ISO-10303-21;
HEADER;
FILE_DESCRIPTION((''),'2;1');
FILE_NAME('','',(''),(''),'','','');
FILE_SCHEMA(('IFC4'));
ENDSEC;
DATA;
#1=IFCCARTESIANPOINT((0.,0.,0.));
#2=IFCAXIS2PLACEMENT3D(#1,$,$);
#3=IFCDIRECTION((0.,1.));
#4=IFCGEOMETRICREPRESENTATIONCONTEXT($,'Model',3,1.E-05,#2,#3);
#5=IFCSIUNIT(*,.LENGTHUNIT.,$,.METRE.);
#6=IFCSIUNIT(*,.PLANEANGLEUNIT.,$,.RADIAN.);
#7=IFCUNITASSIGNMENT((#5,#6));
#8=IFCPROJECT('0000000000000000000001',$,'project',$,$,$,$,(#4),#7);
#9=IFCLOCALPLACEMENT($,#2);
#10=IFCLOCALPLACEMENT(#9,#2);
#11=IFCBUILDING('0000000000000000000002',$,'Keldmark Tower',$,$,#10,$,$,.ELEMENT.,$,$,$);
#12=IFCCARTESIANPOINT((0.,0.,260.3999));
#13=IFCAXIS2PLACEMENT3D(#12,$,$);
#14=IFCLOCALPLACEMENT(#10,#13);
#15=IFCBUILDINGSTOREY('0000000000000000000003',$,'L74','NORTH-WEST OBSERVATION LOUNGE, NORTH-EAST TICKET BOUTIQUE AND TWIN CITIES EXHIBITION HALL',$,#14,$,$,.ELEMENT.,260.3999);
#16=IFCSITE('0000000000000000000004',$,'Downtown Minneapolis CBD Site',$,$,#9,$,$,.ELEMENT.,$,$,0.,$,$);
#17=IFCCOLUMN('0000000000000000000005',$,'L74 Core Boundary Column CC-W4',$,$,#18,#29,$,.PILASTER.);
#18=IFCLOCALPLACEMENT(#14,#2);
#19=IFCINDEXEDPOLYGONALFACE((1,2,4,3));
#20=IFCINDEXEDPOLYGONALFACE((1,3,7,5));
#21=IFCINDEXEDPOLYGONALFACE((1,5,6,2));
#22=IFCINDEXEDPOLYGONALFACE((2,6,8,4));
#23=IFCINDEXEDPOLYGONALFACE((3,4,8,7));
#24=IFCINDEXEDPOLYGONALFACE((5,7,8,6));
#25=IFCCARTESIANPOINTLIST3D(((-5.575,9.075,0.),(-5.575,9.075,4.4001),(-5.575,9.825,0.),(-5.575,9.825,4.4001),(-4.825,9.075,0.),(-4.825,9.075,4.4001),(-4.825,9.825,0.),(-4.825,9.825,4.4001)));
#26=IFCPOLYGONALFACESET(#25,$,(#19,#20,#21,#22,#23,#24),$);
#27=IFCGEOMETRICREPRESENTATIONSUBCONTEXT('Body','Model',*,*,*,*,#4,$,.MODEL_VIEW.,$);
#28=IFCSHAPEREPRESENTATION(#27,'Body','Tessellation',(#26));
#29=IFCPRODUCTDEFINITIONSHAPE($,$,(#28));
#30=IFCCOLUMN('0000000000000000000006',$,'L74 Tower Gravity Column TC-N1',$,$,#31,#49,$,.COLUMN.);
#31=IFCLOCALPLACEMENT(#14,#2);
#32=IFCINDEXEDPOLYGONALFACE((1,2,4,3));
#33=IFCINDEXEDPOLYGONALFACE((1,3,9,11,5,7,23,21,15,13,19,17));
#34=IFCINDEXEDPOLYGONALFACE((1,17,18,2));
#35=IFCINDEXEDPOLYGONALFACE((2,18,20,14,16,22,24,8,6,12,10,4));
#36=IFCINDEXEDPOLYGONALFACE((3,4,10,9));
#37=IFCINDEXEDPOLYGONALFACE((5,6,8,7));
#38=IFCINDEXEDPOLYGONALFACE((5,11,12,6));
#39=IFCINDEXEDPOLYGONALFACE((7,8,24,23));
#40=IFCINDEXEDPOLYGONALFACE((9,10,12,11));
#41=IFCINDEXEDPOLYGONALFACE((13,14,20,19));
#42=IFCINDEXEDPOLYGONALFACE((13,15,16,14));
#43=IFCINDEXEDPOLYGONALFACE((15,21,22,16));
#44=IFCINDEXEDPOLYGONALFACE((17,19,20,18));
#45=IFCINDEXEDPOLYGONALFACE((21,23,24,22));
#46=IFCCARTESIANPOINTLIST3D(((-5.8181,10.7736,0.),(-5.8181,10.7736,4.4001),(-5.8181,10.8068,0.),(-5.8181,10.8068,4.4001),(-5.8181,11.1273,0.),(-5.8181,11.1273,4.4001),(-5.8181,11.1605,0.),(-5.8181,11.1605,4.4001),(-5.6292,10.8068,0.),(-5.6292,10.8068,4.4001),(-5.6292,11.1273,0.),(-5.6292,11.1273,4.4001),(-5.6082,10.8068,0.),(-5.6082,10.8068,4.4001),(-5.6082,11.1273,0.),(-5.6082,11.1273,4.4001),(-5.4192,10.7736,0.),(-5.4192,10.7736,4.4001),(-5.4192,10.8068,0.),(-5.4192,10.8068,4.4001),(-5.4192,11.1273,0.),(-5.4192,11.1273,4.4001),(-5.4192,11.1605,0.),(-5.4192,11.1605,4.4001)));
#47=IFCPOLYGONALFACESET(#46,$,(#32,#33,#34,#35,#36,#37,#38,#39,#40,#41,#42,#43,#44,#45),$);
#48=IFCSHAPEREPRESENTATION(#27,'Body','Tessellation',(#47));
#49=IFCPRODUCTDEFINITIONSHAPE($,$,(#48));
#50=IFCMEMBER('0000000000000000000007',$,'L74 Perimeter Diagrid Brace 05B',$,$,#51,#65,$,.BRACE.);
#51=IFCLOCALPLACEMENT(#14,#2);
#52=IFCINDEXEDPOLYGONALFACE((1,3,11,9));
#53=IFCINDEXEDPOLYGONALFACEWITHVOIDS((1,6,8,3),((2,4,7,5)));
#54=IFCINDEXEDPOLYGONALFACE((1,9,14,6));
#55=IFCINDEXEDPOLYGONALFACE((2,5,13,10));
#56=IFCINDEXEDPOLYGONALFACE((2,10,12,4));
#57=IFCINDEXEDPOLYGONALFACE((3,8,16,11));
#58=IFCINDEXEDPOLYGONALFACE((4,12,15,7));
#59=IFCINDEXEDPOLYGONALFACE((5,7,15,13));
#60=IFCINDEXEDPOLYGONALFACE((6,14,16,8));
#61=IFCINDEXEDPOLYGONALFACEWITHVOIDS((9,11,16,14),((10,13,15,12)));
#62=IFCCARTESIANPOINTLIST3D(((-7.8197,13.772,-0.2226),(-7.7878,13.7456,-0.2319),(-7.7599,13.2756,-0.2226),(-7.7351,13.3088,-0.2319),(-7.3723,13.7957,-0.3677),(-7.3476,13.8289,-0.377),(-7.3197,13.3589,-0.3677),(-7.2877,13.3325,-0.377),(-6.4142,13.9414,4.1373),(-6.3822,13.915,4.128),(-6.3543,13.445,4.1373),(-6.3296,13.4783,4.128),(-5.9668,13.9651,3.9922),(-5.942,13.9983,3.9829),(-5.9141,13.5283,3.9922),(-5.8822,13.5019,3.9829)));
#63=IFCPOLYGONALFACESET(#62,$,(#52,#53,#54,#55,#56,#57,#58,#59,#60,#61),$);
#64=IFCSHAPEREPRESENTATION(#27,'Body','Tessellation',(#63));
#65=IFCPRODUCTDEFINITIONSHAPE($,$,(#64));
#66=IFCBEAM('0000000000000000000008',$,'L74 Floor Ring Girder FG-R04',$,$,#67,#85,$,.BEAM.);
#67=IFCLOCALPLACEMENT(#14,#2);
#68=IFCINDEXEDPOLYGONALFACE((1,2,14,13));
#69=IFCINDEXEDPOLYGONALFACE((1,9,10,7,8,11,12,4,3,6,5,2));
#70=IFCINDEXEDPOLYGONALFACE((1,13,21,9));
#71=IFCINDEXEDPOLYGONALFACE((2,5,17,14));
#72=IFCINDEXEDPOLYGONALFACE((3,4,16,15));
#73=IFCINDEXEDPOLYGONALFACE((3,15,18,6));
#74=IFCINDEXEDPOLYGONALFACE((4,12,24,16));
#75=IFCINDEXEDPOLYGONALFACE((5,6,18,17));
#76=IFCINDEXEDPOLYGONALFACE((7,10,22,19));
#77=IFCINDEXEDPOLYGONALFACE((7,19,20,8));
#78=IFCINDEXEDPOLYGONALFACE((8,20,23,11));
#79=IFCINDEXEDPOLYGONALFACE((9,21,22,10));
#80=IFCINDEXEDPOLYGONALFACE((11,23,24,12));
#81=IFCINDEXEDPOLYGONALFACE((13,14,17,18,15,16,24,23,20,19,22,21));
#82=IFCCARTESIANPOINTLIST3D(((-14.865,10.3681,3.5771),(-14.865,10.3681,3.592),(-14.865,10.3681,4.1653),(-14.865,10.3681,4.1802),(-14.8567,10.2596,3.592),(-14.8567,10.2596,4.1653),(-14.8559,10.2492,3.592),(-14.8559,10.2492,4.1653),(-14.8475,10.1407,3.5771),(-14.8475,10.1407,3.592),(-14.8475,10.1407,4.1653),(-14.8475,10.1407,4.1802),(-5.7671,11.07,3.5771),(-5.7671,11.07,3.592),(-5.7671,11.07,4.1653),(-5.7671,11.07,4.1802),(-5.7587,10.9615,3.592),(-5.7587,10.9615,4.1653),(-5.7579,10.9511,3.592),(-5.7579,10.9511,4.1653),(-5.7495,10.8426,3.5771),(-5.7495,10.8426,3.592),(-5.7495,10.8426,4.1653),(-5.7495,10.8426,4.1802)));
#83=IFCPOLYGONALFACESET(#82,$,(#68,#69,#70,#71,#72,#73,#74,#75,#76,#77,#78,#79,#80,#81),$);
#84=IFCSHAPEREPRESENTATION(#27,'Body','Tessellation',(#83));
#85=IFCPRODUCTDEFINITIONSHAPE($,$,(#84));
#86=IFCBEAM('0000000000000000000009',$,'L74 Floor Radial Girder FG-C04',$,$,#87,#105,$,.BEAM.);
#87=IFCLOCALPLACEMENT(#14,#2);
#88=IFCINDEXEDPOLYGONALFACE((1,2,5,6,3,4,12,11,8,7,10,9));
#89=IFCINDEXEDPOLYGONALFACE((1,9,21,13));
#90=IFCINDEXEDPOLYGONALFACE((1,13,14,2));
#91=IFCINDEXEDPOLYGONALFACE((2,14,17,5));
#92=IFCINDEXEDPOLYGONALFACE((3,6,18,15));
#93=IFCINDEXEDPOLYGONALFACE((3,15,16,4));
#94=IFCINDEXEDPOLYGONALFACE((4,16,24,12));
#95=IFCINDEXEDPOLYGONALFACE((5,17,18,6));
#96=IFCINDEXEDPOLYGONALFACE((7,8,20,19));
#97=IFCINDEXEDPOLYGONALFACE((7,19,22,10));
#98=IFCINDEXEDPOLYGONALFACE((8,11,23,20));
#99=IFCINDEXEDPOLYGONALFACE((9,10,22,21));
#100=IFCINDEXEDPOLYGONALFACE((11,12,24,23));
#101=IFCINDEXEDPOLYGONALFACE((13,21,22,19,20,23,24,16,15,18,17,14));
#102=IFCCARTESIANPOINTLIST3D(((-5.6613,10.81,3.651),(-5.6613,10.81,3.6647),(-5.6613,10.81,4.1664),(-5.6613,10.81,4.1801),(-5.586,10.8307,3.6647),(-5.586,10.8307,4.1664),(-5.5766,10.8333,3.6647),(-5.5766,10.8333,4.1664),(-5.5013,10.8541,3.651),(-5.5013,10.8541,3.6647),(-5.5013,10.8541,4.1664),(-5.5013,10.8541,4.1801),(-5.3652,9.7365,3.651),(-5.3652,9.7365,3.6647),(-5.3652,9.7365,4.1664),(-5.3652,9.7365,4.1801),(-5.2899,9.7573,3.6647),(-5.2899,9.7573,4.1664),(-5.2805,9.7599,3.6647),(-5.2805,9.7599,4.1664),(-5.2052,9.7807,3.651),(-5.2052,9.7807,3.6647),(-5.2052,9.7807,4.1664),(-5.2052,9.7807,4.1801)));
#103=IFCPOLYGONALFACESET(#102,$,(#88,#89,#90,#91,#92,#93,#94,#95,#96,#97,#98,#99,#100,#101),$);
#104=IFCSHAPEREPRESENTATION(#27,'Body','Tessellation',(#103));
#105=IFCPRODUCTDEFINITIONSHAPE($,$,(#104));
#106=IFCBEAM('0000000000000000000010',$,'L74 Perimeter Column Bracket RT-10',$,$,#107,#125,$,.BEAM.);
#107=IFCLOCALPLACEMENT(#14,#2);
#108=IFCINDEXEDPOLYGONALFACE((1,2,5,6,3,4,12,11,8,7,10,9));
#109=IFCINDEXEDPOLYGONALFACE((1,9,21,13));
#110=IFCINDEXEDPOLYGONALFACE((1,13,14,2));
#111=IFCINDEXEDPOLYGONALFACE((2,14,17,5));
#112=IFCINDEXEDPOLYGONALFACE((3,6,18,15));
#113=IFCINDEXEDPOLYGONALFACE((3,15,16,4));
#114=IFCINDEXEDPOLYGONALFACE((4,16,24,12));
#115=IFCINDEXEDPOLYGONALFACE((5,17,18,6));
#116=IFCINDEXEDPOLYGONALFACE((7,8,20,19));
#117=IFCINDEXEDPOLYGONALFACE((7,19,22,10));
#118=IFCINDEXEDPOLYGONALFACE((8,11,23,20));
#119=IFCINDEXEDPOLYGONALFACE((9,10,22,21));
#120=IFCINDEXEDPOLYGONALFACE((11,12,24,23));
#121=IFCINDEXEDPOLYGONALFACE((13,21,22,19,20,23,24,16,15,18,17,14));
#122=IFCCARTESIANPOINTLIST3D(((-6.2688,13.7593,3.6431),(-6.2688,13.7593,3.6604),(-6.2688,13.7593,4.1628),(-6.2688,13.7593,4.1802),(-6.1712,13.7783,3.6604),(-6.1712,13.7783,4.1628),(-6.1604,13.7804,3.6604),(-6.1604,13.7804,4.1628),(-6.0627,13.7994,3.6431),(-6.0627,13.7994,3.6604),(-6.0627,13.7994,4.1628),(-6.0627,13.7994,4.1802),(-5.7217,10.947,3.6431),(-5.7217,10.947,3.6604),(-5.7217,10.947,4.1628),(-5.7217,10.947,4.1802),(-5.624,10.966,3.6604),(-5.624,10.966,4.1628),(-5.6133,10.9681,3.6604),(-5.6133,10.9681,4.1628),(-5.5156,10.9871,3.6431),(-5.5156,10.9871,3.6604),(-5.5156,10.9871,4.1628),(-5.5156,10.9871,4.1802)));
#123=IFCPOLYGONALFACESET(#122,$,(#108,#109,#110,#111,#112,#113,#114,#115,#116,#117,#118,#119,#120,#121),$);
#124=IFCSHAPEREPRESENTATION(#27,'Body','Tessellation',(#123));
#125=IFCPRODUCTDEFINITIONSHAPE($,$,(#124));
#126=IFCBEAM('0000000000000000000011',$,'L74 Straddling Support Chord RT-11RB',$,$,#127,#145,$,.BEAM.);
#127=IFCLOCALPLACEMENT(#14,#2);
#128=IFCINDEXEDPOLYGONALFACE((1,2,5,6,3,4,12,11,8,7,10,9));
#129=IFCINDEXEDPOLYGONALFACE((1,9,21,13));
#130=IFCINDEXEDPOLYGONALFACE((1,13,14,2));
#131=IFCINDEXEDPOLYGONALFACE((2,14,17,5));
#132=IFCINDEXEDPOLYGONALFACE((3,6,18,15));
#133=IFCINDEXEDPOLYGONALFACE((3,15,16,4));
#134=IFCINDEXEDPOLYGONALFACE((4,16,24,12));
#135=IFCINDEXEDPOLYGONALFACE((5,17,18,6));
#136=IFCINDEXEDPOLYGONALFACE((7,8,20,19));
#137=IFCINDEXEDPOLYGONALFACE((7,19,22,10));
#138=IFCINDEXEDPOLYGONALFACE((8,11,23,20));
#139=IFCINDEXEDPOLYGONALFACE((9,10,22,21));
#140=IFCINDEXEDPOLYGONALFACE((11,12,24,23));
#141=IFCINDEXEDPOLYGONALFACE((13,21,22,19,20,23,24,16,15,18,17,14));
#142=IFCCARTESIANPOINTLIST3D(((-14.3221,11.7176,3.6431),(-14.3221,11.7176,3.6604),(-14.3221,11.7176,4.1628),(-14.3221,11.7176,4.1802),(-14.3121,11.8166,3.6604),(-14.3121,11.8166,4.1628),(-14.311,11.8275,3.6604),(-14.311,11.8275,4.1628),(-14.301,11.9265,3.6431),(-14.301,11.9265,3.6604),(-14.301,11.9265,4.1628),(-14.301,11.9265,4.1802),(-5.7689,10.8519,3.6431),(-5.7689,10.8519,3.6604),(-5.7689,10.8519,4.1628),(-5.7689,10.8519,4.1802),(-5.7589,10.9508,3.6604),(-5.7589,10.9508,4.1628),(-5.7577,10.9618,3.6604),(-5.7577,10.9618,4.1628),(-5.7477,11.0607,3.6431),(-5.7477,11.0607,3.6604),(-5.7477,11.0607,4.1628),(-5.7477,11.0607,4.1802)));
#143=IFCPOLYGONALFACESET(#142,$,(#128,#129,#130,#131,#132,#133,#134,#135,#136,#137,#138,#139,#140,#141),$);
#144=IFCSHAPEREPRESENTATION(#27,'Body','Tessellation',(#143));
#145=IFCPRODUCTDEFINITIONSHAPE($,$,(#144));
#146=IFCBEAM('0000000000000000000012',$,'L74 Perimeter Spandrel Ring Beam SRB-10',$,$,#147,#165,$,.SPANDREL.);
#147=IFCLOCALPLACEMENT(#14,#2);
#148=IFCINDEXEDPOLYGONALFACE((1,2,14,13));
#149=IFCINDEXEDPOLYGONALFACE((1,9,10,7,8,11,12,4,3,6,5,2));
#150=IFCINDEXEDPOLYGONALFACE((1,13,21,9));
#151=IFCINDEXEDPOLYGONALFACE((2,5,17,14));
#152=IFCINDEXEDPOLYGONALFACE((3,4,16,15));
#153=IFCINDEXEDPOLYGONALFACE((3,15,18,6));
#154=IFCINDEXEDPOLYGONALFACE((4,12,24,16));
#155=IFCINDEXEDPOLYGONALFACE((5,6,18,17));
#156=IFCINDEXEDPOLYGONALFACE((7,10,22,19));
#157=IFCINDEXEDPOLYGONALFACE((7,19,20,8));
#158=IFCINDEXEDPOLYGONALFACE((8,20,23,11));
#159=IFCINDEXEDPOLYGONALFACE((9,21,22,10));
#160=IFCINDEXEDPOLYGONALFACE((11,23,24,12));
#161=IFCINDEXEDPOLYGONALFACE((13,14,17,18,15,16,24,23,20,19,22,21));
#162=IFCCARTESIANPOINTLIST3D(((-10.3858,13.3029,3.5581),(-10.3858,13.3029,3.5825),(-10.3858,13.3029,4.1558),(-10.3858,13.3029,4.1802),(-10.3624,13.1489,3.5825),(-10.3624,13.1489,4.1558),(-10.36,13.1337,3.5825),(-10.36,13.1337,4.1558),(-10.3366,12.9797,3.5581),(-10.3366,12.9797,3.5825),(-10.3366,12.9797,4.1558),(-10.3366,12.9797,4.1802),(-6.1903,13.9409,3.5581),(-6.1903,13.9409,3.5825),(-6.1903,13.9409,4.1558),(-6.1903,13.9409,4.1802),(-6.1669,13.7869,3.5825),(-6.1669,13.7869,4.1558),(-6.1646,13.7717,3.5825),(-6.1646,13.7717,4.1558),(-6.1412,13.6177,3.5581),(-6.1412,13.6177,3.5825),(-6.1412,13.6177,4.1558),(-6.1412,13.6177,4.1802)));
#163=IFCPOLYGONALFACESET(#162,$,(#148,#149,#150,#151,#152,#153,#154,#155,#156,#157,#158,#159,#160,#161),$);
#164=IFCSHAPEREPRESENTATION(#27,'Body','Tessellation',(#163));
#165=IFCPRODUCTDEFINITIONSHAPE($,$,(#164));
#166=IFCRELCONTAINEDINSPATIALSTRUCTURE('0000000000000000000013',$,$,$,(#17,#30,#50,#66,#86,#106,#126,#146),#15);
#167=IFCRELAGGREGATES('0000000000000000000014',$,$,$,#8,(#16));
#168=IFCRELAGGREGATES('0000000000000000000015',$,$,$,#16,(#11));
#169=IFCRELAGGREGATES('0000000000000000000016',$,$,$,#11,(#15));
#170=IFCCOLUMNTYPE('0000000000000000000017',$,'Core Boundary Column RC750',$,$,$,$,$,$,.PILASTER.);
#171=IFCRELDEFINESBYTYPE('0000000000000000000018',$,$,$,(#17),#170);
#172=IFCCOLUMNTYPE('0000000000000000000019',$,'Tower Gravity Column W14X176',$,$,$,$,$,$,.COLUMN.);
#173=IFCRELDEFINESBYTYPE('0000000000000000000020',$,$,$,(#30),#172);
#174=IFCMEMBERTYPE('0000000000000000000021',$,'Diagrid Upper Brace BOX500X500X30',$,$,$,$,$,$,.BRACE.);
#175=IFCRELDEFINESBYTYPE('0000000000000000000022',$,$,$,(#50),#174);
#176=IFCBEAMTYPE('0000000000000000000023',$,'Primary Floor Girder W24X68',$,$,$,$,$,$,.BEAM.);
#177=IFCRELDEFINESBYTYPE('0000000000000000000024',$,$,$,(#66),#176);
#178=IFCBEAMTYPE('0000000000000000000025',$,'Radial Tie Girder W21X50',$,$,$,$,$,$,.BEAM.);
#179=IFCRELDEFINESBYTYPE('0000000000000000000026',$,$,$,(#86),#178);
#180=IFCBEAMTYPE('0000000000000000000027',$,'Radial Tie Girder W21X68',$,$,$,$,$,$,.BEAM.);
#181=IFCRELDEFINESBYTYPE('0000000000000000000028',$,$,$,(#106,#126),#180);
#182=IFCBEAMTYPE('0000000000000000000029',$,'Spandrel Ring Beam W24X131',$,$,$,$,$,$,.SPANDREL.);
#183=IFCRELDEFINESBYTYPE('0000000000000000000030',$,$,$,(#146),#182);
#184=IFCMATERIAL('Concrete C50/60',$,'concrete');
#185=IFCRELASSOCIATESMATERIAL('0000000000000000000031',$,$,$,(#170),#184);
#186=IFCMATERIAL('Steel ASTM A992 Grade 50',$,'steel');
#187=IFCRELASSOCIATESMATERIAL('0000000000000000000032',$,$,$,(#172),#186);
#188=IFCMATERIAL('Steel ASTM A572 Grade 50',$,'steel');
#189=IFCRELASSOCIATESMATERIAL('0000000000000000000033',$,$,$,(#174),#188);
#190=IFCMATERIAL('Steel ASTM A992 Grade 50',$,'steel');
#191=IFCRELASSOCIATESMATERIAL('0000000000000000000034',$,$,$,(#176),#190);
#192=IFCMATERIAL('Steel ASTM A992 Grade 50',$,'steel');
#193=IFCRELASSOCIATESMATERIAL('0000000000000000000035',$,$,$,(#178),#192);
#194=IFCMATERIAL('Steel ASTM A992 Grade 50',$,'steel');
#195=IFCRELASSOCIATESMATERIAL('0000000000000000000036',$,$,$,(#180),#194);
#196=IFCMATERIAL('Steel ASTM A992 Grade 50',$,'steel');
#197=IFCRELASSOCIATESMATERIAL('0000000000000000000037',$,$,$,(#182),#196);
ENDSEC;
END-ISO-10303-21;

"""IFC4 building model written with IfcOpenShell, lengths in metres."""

from ifc_helpers import new_model, si_unit, direction, frame, origin, origin_2d, place, context, subcontext, project, spatial, rectangle, hollow_rectangle, i_section, extrude, material, material_profile, profile_set, type_object, element, save


model = new_model("IFC4")

# Units and contexts
model_context = context("Model", 3, precision=1e-05, world=origin(), true_north=direction((0.0, 1.0)))
body_context = subcontext(model_context, "Body", "Model", "MODEL_VIEW")
ifc_project = project(units=[si_unit("LENGTHUNIT", "METRE"), si_unit("PLANEANGLEUNIT", "RADIAN")], contexts=[model_context])

# Site, building, storey
site_placement = place(None, origin())
site = spatial("IfcSite", under=ifc_project, at=site_placement, Name="Downtown Minneapolis CBD Site", CompositionType="ELEMENT", RefElevation=0.0)
building_placement = place(site_placement, origin())
building = spatial("IfcBuilding", under=site, at=building_placement, Name="Keldmark Tower", CompositionType="ELEMENT")
storey_placement = place(building_placement, frame((0.0, 0.0, 260.3999)))
storey = spatial("IfcBuildingStorey", under=building, at=storey_placement, Name="L74", Description="NORTH-WEST OBSERVATION LOUNGE, NORTH-EAST TICKET BOUTIQUE AND TWIN CITIES EXHIBITION HALL", CompositionType="ELEMENT", Elevation=260.3999)

# Columns
ifc_material_1 = material(Name="Concrete C50/60", Category="concrete")
ifc_material_profile_1 = material_profile(ifc_material_1, rectangle(XDim=0.75, YDim=0.75, at=origin_2d()), Name="RC750X750")
ifc_profile_set_1 = profile_set([ifc_material_profile_1], Name="Concrete C50/60")
column_type_1 = type_object("IfcColumnType", Name="Core Boundary Column RC750", PredefinedType="PILASTER", material=ifc_profile_set_1)
column_1_placement = place(storey_placement, frame((-5.2, 9.45, 0.0), z_axis=(0.0, 0.0, 1.0), x_axis=(1.0, 0.0, 0.0)))
element("IfcColumn", 1, at=column_1_placement, inside=storey, type_object=column_type_1, Name="L74 Core Boundary Column CC-W4", PredefinedType="PILASTER", context=body_context, shape_type="SweptSolid", body=[
    extrude(rectangle(XDim=0.75, YDim=0.75, at=origin_2d()), origin(), (0.0, 0.0, 1.0), 4.4001),
])
ifc_material_2 = material(Name="Steel ASTM A992 Grade 50", Category="steel")
ifc_material_profile_2 = material_profile(ifc_material_2, i_section(OverallWidth=0.3989, OverallDepth=0.387, WebThickness=0.021, FlangeThickness=0.0332, at=origin_2d()), Name="W14X176")
ifc_profile_set_2 = profile_set([ifc_material_profile_2], Name="Steel ASTM A992 Grade 50")
column_type_2 = type_object("IfcColumnType", Name="Tower Gravity Column W14X176", PredefinedType="COLUMN", material=ifc_profile_set_2)
column_2_placement = place(storey_placement, frame((-5.6187, 10.967, 0.0), z_axis=(0.0, 0.0, 1.0), x_axis=(1.0, 0.0, 0.0)))
element("IfcColumn", 2, at=column_2_placement, inside=storey, type_object=column_type_2, Name="L74 Tower Gravity Column TC-N1", PredefinedType="COLUMN", context=body_context, shape_type="SweptSolid", body=[
    extrude(i_section(OverallWidth=0.3989, OverallDepth=0.387, WebThickness=0.021, FlangeThickness=0.0332, at=origin_2d()), origin(), (0.0, 0.0, 1.0), 4.4001),
])

# Member
ifc_material_3 = material(Name="Steel ASTM A572 Grade 50", Category="steel")
ifc_material_profile_3 = material_profile(ifc_material_3, hollow_rectangle(XDim=0.5, YDim=0.5, WallThickness=0.03, at=origin_2d()), Name="BOX500X500X30")
ifc_profile_set_3 = profile_set([ifc_material_profile_3], Name="Steel ASTM A572 Grade 50")
member_type = type_object("IfcMemberType", Name="Diagrid Upper Brace BOX500X500X30", PredefinedType="BRACE", material=ifc_profile_set_3)
member_placement = place(storey_placement, frame((-7.5537, 13.5522, -0.2998), z_axis=(0.306617, 0.036962, 0.951115), x_axis=(-0.119682, 0.992812, 0.0)))
element("IfcMember", 3, at=member_placement, inside=storey, type_object=member_type, Name="L74 Perimeter Diagrid Brace 05B", PredefinedType="BRACE", context=body_context, shape_type="SweptSolid", body=[
    extrude(hollow_rectangle(XDim=0.5, YDim=0.5, WallThickness=0.03, at=origin_2d()), origin(), (0.0, 0.0, 1.0), 4.584),
])

# Beams
ifc_material_4 = material(Name="Steel ASTM A992 Grade 50", Category="steel")
ifc_material_profile_4 = material_profile(ifc_material_4, i_section(OverallWidth=0.228, OverallDepth=0.603, WebThickness=0.0105, FlangeThickness=0.0149, at=origin_2d()), Name="W24X68")
ifc_profile_set_4 = profile_set([ifc_material_profile_4], Name="Steel ASTM A992 Grade 50")
beam_type_1 = type_object("IfcBeamType", Name="Primary Floor Girder W24X68", PredefinedType="BEAM", material=ifc_profile_set_4)
beam_1_placement = place(storey_placement, frame((-5.7583, 10.9563, 3.8787), z_axis=(-0.997037, -0.076922, 0.0), x_axis=(0.076922, -0.997037, 0.0)))
element("IfcBeam", 4, at=beam_1_placement, inside=storey, type_object=beam_type_1, Name="L74 Floor Ring Girder FG-R04", PredefinedType="BEAM", context=body_context, shape_type="SweptSolid", body=[
    extrude(i_section(OverallWidth=0.228, OverallDepth=0.603, WebThickness=0.0105, FlangeThickness=0.0149, at=origin_2d()), origin(), (0.0, 0.0, 1.0), 9.125),
])
ifc_material_5 = material(Name="Steel ASTM A992 Grade 50", Category="steel")
ifc_material_profile_5 = material_profile(ifc_material_5, i_section(OverallWidth=0.166, OverallDepth=0.5291, WebThickness=0.0098, FlangeThickness=0.0137, at=origin_2d()), Name="W21X50")
ifc_profile_set_5 = profile_set([ifc_material_profile_5], Name="Steel ASTM A992 Grade 50")
beam_type_2 = type_object("IfcBeamType", Name="Radial Tie Girder W21X50", PredefinedType="BEAM", material=ifc_profile_set_5)
beam_2_placement = place(storey_placement, frame((-5.5813, 10.832, 3.9155), z_axis=(0.265936, -0.963991, 0.0), x_axis=(0.963991, 0.265936, 0.0)))
element("IfcBeam", 5, at=beam_2_placement, inside=storey, type_object=beam_type_2, Name="L74 Floor Radial Girder FG-C04", PredefinedType="BEAM", context=body_context, shape_type="SweptSolid", body=[
    extrude(i_section(OverallWidth=0.166, OverallDepth=0.5291, WebThickness=0.0098, FlangeThickness=0.0137, at=origin_2d()), origin(), (0.0, 0.0, 1.0), 1.1135),
])
ifc_material_6 = material(Name="Steel ASTM A992 Grade 50", Category="steel")
ifc_material_profile_6 = material_profile(ifc_material_6, i_section(OverallWidth=0.21, OverallDepth=0.5371, WebThickness=0.011, FlangeThickness=0.0173, at=origin_2d()), Name="W21X68")
ifc_profile_set_6 = profile_set([ifc_material_profile_6], Name="Steel ASTM A992 Grade 50")
beam_type_3 = type_object("IfcBeamType", Name="Radial Tie Girder W21X68", PredefinedType="BEAM", material=ifc_profile_set_6)
beam_3_placement = place(storey_placement, frame((-5.6187, 10.967, 3.9116), z_axis=(-0.190968, 0.981596, 0.0), x_axis=(-0.981596, -0.190968, 0.0)))
element("IfcBeam", 6, at=beam_3_placement, inside=storey, type_object=beam_type_3, Name="L74 Perimeter Column Bracket RT-10", PredefinedType="BEAM", context=body_context, shape_type="SweptSolid", body=[
    extrude(i_section(OverallWidth=0.21, OverallDepth=0.5371, WebThickness=0.011, FlangeThickness=0.0173, at=origin_2d()), origin(), (0.0, 0.0, 1.0), 2.865),
])
beam_4_placement = place(storey_placement, frame((-5.7583, 10.9563, 3.9116), z_axis=(-0.994917, 0.100701, 0.0), x_axis=(-0.100701, -0.994917, 0.0)))
element("IfcBeam", 7, at=beam_4_placement, inside=storey, type_object=beam_type_3, Name="L74 Straddling Support Chord RT-11RB", PredefinedType="BEAM", context=body_context, shape_type="SweptSolid", body=[
    extrude(i_section(OverallWidth=0.21, OverallDepth=0.5371, WebThickness=0.011, FlangeThickness=0.0173, at=origin_2d()), origin(), (0.0, 0.0, 1.0), 8.5969),
])
ifc_material_7 = material(Name="Steel ASTM A992 Grade 50", Category="steel")
ifc_material_profile_7 = material_profile(ifc_material_7, i_section(OverallWidth=0.3269, OverallDepth=0.6221, WebThickness=0.0154, FlangeThickness=0.0244, at=origin_2d()), Name="W24X131")
ifc_profile_set_7 = profile_set([ifc_material_profile_7], Name="Steel ASTM A992 Grade 50")
beam_type_4 = type_object("IfcBeamType", Name="Spandrel Ring Beam W24X131", PredefinedType="SPANDREL", material=ifc_profile_set_7)
beam_5_placement = place(storey_placement, frame((-6.1658, 13.7793, 3.8691), z_axis=(-0.988636, -0.150332, 0.0), x_axis=(0.150332, -0.988636, 0.0)))
element("IfcBeam", 8, at=beam_5_placement, inside=storey, type_object=beam_type_4, Name="L74 Perimeter Spandrel Ring Beam SRB-10", PredefinedType="SPANDREL", context=body_context, shape_type="SweptSolid", body=[
    extrude(i_section(OverallWidth=0.3269, OverallDepth=0.6221, WebThickness=0.0154, FlangeThickness=0.0244, at=origin_2d()), origin(), (0.0, 0.0, 1.0), 4.2437),
])

save(model, "model.ifc")
